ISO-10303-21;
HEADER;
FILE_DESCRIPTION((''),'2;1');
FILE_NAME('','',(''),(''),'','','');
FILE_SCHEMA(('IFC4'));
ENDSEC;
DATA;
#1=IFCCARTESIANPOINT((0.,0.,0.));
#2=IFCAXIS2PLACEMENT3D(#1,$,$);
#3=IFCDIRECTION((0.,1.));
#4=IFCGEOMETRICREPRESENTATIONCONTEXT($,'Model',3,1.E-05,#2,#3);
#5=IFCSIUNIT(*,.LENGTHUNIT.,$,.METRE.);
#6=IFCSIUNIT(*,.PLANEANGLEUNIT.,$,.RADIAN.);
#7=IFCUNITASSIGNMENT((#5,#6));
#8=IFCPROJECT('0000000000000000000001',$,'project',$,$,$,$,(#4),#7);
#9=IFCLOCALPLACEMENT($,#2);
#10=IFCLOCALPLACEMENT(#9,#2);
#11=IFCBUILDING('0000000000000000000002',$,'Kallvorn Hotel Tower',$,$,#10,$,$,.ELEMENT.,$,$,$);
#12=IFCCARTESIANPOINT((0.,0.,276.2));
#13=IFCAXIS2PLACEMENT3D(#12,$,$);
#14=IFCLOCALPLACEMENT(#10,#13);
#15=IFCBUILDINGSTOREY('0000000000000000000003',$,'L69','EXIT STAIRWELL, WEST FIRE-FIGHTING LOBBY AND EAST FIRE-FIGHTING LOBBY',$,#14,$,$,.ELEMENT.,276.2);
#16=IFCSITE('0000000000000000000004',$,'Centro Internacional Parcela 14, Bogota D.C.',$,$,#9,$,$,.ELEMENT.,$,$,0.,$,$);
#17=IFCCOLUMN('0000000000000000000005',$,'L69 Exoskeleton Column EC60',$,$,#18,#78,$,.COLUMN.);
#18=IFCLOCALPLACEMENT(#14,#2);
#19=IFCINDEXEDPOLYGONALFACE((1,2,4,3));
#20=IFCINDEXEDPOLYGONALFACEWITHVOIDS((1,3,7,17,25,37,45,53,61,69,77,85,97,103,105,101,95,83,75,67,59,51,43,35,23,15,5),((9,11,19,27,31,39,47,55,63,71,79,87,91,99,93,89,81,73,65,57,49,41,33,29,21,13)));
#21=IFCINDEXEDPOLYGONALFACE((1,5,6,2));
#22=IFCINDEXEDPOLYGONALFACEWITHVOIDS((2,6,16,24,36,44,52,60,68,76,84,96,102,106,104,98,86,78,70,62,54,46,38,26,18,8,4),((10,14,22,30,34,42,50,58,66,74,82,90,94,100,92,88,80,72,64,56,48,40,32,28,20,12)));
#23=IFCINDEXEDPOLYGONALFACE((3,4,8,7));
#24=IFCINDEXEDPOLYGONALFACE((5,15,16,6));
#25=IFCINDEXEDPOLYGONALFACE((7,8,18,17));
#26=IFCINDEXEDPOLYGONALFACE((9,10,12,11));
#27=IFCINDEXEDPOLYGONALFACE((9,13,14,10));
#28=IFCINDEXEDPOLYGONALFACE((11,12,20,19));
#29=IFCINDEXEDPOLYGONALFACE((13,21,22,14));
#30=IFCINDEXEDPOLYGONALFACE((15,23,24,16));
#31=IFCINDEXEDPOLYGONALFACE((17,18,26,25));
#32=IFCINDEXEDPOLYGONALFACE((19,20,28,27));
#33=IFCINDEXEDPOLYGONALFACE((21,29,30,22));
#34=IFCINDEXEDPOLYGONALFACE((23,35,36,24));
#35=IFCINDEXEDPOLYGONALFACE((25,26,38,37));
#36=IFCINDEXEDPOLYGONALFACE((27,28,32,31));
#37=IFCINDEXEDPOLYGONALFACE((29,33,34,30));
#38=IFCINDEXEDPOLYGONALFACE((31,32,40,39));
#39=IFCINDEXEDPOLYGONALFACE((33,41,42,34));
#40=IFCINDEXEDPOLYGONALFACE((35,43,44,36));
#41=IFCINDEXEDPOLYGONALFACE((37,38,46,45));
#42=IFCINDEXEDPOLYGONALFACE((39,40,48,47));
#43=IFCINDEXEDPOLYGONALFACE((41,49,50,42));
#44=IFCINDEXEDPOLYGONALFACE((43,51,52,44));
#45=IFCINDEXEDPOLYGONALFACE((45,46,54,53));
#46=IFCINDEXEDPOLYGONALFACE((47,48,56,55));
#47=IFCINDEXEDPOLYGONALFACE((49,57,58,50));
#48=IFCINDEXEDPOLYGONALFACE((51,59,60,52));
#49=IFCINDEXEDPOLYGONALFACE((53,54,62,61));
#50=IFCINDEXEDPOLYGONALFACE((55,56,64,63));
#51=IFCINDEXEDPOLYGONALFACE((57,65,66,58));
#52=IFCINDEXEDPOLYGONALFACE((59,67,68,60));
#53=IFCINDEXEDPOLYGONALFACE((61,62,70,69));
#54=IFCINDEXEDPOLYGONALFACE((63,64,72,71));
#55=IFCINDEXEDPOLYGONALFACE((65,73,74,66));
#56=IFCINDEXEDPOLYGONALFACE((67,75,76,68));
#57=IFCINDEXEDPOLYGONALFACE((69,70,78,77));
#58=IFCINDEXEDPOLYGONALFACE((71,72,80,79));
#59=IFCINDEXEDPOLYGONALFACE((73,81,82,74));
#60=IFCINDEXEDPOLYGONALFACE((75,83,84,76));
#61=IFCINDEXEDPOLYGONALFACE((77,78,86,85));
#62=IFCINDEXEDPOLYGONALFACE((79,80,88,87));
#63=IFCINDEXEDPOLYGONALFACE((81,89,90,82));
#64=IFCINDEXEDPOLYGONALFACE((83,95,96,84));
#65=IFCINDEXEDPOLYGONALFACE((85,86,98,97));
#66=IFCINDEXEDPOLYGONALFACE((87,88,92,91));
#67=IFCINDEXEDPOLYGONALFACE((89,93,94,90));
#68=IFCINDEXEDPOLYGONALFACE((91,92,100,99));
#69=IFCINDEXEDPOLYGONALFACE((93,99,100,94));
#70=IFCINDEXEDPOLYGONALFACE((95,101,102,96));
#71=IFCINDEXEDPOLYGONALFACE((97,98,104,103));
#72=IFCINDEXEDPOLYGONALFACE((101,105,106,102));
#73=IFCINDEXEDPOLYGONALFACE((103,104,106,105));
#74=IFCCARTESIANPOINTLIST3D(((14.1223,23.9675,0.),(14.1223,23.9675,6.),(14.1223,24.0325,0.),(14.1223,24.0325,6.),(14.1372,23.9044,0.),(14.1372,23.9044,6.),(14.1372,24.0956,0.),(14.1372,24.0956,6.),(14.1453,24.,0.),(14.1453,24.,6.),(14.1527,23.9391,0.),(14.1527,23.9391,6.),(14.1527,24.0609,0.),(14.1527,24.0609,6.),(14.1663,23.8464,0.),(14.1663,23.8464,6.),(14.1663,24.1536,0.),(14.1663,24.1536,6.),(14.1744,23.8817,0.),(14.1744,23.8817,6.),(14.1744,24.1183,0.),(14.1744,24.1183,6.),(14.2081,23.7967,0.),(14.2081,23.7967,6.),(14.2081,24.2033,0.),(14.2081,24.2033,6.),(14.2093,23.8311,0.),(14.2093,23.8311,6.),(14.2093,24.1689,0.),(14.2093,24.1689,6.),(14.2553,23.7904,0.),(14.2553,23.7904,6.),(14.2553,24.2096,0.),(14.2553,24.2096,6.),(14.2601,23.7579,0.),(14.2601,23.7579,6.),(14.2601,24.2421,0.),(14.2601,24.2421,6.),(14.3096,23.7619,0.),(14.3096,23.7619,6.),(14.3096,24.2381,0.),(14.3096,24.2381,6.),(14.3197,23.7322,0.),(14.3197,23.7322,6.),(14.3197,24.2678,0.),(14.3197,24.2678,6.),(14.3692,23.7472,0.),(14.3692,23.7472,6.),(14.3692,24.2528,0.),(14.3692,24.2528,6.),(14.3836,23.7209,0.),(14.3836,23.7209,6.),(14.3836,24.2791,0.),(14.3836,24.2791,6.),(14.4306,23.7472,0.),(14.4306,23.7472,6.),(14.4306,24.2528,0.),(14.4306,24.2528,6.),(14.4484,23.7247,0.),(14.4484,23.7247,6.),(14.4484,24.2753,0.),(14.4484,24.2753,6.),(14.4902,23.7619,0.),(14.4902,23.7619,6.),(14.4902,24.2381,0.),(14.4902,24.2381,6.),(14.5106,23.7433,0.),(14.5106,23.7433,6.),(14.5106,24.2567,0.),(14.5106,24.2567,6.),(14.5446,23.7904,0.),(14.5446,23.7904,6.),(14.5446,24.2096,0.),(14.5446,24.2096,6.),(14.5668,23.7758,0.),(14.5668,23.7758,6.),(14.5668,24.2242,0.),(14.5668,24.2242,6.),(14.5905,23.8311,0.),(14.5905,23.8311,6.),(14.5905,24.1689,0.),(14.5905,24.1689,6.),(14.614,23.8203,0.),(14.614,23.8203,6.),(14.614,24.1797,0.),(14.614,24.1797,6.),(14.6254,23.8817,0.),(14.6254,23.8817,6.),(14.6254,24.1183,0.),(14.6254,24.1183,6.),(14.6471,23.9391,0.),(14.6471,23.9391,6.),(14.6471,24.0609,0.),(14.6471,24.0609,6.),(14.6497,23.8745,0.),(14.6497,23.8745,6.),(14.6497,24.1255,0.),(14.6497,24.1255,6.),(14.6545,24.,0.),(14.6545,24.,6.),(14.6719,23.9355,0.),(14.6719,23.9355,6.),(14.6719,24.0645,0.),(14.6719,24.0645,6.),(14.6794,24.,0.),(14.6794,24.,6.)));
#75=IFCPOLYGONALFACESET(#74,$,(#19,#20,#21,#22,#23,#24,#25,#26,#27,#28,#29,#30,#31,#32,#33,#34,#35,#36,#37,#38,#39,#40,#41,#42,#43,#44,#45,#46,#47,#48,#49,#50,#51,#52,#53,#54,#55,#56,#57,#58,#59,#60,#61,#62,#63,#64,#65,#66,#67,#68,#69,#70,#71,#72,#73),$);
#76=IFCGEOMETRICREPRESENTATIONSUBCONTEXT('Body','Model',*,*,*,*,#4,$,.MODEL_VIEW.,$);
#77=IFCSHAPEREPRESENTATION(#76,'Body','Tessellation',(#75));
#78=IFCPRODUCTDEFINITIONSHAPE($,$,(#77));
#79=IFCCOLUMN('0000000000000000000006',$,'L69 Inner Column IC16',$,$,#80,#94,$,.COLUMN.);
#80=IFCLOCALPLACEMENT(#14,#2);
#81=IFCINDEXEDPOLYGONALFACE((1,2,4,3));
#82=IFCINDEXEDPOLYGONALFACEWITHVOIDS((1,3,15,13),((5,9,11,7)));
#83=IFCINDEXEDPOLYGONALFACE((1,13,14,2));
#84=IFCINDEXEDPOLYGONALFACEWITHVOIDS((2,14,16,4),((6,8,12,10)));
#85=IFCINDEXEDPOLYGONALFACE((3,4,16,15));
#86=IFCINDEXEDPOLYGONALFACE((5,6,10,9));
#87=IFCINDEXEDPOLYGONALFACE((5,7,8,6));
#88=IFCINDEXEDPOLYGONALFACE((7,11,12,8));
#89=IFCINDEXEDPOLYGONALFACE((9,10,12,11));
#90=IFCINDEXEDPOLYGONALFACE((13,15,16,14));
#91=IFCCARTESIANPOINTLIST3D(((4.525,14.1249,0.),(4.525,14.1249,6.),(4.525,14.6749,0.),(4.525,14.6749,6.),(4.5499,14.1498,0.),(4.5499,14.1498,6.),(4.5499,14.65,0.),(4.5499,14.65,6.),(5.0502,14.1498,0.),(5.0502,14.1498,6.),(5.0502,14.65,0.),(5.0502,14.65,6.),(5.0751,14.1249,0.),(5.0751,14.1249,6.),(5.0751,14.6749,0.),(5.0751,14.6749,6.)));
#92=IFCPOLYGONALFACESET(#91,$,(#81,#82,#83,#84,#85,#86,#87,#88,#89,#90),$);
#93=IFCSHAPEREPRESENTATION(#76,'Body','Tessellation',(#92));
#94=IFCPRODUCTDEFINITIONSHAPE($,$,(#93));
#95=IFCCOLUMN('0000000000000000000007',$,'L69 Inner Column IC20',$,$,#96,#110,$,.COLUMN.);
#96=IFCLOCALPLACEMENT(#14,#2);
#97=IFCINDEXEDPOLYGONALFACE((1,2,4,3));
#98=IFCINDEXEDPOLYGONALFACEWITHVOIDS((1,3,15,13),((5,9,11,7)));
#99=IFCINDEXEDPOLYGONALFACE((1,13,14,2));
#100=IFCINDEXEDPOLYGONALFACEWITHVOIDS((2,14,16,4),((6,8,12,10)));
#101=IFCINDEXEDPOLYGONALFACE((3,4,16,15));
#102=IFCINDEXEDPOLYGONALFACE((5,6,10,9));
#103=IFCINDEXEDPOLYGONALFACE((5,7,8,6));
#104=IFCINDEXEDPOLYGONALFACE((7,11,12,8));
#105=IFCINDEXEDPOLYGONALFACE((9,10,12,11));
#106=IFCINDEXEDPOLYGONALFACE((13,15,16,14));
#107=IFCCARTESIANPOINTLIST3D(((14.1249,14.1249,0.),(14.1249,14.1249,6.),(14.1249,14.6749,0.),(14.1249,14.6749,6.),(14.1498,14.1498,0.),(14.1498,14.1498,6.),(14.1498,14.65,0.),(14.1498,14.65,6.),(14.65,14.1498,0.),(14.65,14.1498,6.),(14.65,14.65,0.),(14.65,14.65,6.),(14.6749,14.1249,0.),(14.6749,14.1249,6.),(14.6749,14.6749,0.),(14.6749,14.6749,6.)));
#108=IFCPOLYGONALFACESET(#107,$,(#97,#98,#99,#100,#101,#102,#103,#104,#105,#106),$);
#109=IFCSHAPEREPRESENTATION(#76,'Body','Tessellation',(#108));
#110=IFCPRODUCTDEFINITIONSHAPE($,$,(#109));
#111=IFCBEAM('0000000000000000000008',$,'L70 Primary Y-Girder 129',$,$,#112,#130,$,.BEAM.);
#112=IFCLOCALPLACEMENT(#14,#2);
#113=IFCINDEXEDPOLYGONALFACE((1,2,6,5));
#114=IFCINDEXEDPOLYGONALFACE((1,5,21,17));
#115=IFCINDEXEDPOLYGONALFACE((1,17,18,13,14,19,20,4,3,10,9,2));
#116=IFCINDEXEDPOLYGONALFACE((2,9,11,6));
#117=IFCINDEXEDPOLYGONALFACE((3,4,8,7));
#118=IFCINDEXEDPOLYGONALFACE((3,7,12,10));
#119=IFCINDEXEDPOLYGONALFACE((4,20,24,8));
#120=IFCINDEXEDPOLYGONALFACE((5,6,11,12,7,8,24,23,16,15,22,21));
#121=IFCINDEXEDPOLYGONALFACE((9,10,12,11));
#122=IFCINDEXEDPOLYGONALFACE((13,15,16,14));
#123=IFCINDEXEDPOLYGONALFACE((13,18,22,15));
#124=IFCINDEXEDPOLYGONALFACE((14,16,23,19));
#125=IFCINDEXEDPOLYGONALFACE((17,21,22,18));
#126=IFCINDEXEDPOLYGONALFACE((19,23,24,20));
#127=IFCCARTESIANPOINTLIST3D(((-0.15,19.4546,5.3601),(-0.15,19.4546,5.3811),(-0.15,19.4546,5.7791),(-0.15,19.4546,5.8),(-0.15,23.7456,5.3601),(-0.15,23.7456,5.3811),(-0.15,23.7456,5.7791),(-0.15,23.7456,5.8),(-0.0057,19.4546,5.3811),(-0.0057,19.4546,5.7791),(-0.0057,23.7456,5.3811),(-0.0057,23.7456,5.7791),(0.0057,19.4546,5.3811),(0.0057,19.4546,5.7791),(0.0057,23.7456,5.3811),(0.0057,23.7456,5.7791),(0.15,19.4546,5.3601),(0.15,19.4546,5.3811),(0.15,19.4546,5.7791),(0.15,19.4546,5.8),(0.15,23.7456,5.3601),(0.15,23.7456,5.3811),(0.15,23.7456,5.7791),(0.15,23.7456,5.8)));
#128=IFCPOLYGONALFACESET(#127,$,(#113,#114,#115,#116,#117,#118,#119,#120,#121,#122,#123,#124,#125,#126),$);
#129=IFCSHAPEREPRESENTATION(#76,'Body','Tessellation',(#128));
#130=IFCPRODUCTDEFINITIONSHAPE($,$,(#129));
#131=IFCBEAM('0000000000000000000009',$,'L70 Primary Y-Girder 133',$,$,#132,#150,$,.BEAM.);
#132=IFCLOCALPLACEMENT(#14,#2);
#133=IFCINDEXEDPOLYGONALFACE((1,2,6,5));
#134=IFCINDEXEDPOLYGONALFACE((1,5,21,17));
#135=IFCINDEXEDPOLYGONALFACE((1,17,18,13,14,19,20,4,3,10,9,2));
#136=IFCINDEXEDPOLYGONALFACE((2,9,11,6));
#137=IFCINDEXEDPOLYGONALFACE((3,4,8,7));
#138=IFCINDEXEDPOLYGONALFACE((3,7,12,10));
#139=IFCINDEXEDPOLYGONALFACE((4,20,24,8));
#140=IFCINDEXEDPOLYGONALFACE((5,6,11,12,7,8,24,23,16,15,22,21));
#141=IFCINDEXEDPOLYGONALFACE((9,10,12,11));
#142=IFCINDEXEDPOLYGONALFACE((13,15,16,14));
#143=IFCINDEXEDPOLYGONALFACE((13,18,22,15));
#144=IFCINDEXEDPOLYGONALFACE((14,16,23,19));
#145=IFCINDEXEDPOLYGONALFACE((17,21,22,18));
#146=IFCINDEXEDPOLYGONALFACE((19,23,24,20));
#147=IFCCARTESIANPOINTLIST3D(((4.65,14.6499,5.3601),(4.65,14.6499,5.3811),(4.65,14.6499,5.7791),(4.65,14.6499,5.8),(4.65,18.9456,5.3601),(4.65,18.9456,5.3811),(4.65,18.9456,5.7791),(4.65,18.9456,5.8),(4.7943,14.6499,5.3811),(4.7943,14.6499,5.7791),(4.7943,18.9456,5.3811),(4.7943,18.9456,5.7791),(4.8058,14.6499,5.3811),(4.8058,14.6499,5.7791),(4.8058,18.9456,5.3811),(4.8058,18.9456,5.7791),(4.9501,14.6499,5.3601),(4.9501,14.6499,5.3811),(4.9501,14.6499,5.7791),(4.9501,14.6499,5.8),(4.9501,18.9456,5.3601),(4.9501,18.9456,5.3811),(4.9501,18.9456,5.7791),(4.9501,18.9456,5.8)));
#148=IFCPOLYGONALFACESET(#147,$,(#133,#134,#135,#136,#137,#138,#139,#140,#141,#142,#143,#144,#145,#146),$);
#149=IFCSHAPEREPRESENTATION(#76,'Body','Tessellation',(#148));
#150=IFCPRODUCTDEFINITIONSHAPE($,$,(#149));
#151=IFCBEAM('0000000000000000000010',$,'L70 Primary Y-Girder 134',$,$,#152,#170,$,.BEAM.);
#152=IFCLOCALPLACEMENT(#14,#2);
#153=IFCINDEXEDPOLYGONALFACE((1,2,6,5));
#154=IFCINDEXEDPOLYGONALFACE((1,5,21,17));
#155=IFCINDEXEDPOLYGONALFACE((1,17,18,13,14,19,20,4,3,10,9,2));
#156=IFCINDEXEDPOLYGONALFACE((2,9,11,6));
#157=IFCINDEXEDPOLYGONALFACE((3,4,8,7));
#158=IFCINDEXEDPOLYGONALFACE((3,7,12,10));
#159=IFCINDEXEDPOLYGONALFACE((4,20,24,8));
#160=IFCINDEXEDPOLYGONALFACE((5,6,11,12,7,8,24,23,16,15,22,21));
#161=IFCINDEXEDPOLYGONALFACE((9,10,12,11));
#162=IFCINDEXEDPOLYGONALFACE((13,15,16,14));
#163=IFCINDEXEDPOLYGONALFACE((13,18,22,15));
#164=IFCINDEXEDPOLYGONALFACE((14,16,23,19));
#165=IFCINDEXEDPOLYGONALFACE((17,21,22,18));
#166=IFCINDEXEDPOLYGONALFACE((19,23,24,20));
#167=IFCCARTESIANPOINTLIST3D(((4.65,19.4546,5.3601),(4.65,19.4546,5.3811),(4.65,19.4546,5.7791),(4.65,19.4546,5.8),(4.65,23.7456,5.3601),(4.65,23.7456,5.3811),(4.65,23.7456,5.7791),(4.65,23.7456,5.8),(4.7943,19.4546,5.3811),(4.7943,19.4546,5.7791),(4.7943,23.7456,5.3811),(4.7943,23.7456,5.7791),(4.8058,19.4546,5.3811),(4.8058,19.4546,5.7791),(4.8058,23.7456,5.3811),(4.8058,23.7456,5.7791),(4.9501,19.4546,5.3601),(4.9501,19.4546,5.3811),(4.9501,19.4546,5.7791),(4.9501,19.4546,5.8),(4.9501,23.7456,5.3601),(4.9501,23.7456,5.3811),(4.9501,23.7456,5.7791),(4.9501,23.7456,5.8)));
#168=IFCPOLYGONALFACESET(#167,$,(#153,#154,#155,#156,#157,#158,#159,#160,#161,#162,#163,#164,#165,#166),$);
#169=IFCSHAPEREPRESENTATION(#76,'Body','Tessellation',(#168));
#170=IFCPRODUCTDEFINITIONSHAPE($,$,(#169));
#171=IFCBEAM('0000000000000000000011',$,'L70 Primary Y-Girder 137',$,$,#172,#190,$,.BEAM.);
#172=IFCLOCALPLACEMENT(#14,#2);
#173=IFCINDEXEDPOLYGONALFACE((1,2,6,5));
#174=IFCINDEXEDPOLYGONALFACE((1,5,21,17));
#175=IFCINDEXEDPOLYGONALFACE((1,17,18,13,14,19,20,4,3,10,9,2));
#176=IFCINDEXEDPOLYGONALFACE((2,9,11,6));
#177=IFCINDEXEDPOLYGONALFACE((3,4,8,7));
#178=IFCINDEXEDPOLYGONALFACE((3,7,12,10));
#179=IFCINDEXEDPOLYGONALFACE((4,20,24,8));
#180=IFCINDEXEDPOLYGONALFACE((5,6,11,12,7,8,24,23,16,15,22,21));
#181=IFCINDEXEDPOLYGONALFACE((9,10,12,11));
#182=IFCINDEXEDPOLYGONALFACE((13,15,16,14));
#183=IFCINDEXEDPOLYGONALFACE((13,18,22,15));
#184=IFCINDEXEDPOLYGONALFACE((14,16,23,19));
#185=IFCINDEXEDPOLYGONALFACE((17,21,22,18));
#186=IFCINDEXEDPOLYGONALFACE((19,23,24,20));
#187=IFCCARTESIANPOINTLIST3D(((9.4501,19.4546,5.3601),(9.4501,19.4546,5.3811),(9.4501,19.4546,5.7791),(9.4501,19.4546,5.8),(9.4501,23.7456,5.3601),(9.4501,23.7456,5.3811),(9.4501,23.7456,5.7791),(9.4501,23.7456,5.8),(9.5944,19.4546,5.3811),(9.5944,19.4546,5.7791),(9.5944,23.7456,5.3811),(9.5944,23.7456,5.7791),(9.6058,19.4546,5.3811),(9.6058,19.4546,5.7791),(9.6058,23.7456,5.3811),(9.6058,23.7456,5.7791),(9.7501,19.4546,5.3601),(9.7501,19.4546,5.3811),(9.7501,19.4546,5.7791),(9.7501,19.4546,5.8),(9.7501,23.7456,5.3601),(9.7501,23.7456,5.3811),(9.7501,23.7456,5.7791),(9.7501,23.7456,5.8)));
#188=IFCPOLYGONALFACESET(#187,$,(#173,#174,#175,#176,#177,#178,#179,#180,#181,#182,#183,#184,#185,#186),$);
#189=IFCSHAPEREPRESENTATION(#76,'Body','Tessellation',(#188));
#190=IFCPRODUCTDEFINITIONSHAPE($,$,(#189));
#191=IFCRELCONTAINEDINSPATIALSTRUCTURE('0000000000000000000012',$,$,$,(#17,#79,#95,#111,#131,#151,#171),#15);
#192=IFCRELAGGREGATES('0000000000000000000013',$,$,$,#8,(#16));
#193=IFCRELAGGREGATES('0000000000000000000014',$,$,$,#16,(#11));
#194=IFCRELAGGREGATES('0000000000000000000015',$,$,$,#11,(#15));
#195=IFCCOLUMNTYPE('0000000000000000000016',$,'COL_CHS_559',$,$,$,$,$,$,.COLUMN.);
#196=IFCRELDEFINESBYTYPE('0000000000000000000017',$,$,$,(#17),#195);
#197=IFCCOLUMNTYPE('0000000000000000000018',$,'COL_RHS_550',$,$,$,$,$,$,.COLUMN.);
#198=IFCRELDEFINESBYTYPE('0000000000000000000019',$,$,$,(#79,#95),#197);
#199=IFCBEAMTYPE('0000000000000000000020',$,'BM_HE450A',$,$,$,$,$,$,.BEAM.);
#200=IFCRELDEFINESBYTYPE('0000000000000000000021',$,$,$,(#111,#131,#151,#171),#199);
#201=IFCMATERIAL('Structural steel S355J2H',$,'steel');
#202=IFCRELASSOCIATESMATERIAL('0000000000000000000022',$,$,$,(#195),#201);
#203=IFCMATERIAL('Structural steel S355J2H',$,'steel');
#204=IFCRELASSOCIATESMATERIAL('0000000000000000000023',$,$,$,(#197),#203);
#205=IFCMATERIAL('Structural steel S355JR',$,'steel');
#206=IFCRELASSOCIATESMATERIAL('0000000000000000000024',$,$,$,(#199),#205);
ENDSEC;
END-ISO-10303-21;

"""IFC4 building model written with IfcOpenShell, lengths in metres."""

from ifc_helpers import new_model, si_unit, direction, frame, origin, origin_2d, place, context, subcontext, project, spatial, hollow_rectangle, hollow_circle, i_section, extrude, material, material_profile, profile_set, type_object, element, save


model = new_model("IFC4")

# Units and contexts
model_context = context("Model", 3, precision=1e-05, world=origin(), true_north=direction((0.0, 1.0)))
body_context = subcontext(model_context, "Body", "Model", "MODEL_VIEW")
ifc_project = project(units=[si_unit("LENGTHUNIT", "METRE"), si_unit("PLANEANGLEUNIT", "RADIAN")], contexts=[model_context])

# Site, building, storey
site_placement = place(None, origin())
site = spatial("IfcSite", under=ifc_project, at=site_placement, Name="Centro Internacional Parcela 14, Bogota D.C.", CompositionType="ELEMENT", RefElevation=0.0)
building_placement = place(site_placement, origin())
building = spatial("IfcBuilding", under=site, at=building_placement, Name="Kallvorn Hotel Tower", CompositionType="ELEMENT")
storey_placement = place(building_placement, frame((0.0, 0.0, 276.2)))
storey = spatial("IfcBuildingStorey", under=building, at=storey_placement, Name="L69", Description="EXIT STAIRWELL, WEST FIRE-FIGHTING LOBBY AND EAST FIRE-FIGHTING LOBBY", CompositionType="ELEMENT", Elevation=276.2)

# Columns
ifc_material_1 = material(Name="Structural steel S355J2H", Category="steel")
ifc_material_profile_1 = material_profile(ifc_material_1, hollow_circle(Radius=0.2795, WallThickness=0.0249, at=origin_2d()), Name="CHS 559x25")
ifc_profile_set_1 = profile_set([ifc_material_profile_1], Name="Structural steel S355J2H")
column_type_1 = type_object("IfcColumnType", Name="COL_CHS_559", PredefinedType="COLUMN", material=ifc_profile_set_1)
for number, where, z_axis, x_axis, name in (
    (1, (14.3999, 24.0, 0.0), (0.0, 0.0, 1.0), (1.0, 0.0, 0.0), "L69 Exoskeleton Column EC60"),
):
    element("IfcColumn", number, at=place(storey_placement, frame(where, z_axis=z_axis, x_axis=x_axis)), inside=storey, type_object=column_type_1, Name=name, PredefinedType="COLUMN", context=body_context, shape_type="SweptSolid", body=[
        extrude(hollow_circle(Radius=0.2795, WallThickness=0.0249, at=origin_2d()), origin(), (0.0, 0.0, 1.0), 6.0),
    ])
ifc_material_2 = material(Name="Structural steel S355J2H", Category="steel")
ifc_material_profile_2 = material_profile(ifc_material_2, hollow_rectangle(XDim=0.55, YDim=0.55, WallThickness=0.0249, at=origin_2d()), Name="RHS 550x550x25")
ifc_profile_set_2 = profile_set([ifc_material_profile_2], Name="Structural steel S355J2H")
column_type_2 = type_object("IfcColumnType", Name="COL_RHS_550", PredefinedType="COLUMN", material=ifc_profile_set_2)
for number, where, z_axis, x_axis, name in (
    (2, (4.8, 14.3999, 0.0), (0.0, 0.0, 1.0), (1.0, 0.0, 0.0), "L69 Inner Column IC16"),
    (3, (14.3999, 14.3999, 0.0), (0.0, 0.0, 1.0), (1.0, 0.0, 0.0), "L69 Inner Column IC20"),
):
    element("IfcColumn", number, at=place(storey_placement, frame(where, z_axis=z_axis, x_axis=x_axis)), inside=storey, type_object=column_type_2, Name=name, PredefinedType="COLUMN", context=body_context, shape_type="SweptSolid", body=[
        extrude(hollow_rectangle(XDim=0.55, YDim=0.55, WallThickness=0.0249, at=origin_2d()), origin(), (0.0, 0.0, 1.0), 6.0),
    ])

# Beams
ifc_material_3 = material(Name="Structural steel S355JR", Category="steel")
ifc_material_profile_3 = material_profile(ifc_material_3, i_section(OverallWidth=0.3, OverallDepth=0.4399, WebThickness=0.0115, FlangeThickness=0.021, at=origin_2d()), Name="HE 450 A")
ifc_profile_set_3 = profile_set([ifc_material_profile_3], Name="Structural steel S355JR")
beam_type_1 = type_object("IfcBeamType", Name="BM_HE450A", PredefinedType="BEAM", material=ifc_profile_set_3)
beam_1_placement = place(storey_placement, frame((0.0, 19.4546, 5.5801), z_axis=(0.0, 1.0, 0.0), x_axis=(-1.0, 0.0, 0.0)))
element("IfcBeam", 4, at=beam_1_placement, inside=storey, type_object=beam_type_1, Name="L70 Primary Y-Girder 129", PredefinedType="BEAM", context=body_context, shape_type="SweptSolid", body=[
    extrude(i_section(OverallWidth=0.3, OverallDepth=0.4399, WebThickness=0.0115, FlangeThickness=0.021, at=origin_2d()), origin(), (0.0, 0.0, 1.0), 4.291),
])
beam_2_placement = place(storey_placement, frame((4.8, 14.6499, 5.5801), z_axis=(0.0, 1.0, 0.0), x_axis=(-1.0, 0.0, 0.0)))
element("IfcBeam", 5, at=beam_2_placement, inside=storey, type_object=beam_type_1, Name="L70 Primary Y-Girder 133", PredefinedType="BEAM", context=body_context, shape_type="SweptSolid", body=[
    extrude(i_section(OverallWidth=0.3, OverallDepth=0.4399, WebThickness=0.0115, FlangeThickness=0.021, at=origin_2d()), origin(), (0.0, 0.0, 1.0), 4.2957),
])
for number, where, z_axis, x_axis, name in (
    (6, (4.8, 19.4546, 5.5801), (0.0, 1.0, 0.0), (-1.0, 0.0, 0.0), "L70 Primary Y-Girder 134"),
    (7, (9.6001, 19.4546, 5.5801), (0.0, 1.0, 0.0), (-1.0, 0.0, 0.0), "L70 Primary Y-Girder 137"),
):
    element("IfcBeam", number, at=place(storey_placement, frame(where, z_axis=z_axis, x_axis=x_axis)), inside=storey, type_object=beam_type_1, Name=name, PredefinedType="BEAM", context=body_context, shape_type="SweptSolid", body=[
        extrude(i_section(OverallWidth=0.3, OverallDepth=0.4399, WebThickness=0.0115, FlangeThickness=0.021, at=origin_2d()), origin(), (0.0, 0.0, 1.0), 4.291),
    ])

save(model, "model.ifc")
